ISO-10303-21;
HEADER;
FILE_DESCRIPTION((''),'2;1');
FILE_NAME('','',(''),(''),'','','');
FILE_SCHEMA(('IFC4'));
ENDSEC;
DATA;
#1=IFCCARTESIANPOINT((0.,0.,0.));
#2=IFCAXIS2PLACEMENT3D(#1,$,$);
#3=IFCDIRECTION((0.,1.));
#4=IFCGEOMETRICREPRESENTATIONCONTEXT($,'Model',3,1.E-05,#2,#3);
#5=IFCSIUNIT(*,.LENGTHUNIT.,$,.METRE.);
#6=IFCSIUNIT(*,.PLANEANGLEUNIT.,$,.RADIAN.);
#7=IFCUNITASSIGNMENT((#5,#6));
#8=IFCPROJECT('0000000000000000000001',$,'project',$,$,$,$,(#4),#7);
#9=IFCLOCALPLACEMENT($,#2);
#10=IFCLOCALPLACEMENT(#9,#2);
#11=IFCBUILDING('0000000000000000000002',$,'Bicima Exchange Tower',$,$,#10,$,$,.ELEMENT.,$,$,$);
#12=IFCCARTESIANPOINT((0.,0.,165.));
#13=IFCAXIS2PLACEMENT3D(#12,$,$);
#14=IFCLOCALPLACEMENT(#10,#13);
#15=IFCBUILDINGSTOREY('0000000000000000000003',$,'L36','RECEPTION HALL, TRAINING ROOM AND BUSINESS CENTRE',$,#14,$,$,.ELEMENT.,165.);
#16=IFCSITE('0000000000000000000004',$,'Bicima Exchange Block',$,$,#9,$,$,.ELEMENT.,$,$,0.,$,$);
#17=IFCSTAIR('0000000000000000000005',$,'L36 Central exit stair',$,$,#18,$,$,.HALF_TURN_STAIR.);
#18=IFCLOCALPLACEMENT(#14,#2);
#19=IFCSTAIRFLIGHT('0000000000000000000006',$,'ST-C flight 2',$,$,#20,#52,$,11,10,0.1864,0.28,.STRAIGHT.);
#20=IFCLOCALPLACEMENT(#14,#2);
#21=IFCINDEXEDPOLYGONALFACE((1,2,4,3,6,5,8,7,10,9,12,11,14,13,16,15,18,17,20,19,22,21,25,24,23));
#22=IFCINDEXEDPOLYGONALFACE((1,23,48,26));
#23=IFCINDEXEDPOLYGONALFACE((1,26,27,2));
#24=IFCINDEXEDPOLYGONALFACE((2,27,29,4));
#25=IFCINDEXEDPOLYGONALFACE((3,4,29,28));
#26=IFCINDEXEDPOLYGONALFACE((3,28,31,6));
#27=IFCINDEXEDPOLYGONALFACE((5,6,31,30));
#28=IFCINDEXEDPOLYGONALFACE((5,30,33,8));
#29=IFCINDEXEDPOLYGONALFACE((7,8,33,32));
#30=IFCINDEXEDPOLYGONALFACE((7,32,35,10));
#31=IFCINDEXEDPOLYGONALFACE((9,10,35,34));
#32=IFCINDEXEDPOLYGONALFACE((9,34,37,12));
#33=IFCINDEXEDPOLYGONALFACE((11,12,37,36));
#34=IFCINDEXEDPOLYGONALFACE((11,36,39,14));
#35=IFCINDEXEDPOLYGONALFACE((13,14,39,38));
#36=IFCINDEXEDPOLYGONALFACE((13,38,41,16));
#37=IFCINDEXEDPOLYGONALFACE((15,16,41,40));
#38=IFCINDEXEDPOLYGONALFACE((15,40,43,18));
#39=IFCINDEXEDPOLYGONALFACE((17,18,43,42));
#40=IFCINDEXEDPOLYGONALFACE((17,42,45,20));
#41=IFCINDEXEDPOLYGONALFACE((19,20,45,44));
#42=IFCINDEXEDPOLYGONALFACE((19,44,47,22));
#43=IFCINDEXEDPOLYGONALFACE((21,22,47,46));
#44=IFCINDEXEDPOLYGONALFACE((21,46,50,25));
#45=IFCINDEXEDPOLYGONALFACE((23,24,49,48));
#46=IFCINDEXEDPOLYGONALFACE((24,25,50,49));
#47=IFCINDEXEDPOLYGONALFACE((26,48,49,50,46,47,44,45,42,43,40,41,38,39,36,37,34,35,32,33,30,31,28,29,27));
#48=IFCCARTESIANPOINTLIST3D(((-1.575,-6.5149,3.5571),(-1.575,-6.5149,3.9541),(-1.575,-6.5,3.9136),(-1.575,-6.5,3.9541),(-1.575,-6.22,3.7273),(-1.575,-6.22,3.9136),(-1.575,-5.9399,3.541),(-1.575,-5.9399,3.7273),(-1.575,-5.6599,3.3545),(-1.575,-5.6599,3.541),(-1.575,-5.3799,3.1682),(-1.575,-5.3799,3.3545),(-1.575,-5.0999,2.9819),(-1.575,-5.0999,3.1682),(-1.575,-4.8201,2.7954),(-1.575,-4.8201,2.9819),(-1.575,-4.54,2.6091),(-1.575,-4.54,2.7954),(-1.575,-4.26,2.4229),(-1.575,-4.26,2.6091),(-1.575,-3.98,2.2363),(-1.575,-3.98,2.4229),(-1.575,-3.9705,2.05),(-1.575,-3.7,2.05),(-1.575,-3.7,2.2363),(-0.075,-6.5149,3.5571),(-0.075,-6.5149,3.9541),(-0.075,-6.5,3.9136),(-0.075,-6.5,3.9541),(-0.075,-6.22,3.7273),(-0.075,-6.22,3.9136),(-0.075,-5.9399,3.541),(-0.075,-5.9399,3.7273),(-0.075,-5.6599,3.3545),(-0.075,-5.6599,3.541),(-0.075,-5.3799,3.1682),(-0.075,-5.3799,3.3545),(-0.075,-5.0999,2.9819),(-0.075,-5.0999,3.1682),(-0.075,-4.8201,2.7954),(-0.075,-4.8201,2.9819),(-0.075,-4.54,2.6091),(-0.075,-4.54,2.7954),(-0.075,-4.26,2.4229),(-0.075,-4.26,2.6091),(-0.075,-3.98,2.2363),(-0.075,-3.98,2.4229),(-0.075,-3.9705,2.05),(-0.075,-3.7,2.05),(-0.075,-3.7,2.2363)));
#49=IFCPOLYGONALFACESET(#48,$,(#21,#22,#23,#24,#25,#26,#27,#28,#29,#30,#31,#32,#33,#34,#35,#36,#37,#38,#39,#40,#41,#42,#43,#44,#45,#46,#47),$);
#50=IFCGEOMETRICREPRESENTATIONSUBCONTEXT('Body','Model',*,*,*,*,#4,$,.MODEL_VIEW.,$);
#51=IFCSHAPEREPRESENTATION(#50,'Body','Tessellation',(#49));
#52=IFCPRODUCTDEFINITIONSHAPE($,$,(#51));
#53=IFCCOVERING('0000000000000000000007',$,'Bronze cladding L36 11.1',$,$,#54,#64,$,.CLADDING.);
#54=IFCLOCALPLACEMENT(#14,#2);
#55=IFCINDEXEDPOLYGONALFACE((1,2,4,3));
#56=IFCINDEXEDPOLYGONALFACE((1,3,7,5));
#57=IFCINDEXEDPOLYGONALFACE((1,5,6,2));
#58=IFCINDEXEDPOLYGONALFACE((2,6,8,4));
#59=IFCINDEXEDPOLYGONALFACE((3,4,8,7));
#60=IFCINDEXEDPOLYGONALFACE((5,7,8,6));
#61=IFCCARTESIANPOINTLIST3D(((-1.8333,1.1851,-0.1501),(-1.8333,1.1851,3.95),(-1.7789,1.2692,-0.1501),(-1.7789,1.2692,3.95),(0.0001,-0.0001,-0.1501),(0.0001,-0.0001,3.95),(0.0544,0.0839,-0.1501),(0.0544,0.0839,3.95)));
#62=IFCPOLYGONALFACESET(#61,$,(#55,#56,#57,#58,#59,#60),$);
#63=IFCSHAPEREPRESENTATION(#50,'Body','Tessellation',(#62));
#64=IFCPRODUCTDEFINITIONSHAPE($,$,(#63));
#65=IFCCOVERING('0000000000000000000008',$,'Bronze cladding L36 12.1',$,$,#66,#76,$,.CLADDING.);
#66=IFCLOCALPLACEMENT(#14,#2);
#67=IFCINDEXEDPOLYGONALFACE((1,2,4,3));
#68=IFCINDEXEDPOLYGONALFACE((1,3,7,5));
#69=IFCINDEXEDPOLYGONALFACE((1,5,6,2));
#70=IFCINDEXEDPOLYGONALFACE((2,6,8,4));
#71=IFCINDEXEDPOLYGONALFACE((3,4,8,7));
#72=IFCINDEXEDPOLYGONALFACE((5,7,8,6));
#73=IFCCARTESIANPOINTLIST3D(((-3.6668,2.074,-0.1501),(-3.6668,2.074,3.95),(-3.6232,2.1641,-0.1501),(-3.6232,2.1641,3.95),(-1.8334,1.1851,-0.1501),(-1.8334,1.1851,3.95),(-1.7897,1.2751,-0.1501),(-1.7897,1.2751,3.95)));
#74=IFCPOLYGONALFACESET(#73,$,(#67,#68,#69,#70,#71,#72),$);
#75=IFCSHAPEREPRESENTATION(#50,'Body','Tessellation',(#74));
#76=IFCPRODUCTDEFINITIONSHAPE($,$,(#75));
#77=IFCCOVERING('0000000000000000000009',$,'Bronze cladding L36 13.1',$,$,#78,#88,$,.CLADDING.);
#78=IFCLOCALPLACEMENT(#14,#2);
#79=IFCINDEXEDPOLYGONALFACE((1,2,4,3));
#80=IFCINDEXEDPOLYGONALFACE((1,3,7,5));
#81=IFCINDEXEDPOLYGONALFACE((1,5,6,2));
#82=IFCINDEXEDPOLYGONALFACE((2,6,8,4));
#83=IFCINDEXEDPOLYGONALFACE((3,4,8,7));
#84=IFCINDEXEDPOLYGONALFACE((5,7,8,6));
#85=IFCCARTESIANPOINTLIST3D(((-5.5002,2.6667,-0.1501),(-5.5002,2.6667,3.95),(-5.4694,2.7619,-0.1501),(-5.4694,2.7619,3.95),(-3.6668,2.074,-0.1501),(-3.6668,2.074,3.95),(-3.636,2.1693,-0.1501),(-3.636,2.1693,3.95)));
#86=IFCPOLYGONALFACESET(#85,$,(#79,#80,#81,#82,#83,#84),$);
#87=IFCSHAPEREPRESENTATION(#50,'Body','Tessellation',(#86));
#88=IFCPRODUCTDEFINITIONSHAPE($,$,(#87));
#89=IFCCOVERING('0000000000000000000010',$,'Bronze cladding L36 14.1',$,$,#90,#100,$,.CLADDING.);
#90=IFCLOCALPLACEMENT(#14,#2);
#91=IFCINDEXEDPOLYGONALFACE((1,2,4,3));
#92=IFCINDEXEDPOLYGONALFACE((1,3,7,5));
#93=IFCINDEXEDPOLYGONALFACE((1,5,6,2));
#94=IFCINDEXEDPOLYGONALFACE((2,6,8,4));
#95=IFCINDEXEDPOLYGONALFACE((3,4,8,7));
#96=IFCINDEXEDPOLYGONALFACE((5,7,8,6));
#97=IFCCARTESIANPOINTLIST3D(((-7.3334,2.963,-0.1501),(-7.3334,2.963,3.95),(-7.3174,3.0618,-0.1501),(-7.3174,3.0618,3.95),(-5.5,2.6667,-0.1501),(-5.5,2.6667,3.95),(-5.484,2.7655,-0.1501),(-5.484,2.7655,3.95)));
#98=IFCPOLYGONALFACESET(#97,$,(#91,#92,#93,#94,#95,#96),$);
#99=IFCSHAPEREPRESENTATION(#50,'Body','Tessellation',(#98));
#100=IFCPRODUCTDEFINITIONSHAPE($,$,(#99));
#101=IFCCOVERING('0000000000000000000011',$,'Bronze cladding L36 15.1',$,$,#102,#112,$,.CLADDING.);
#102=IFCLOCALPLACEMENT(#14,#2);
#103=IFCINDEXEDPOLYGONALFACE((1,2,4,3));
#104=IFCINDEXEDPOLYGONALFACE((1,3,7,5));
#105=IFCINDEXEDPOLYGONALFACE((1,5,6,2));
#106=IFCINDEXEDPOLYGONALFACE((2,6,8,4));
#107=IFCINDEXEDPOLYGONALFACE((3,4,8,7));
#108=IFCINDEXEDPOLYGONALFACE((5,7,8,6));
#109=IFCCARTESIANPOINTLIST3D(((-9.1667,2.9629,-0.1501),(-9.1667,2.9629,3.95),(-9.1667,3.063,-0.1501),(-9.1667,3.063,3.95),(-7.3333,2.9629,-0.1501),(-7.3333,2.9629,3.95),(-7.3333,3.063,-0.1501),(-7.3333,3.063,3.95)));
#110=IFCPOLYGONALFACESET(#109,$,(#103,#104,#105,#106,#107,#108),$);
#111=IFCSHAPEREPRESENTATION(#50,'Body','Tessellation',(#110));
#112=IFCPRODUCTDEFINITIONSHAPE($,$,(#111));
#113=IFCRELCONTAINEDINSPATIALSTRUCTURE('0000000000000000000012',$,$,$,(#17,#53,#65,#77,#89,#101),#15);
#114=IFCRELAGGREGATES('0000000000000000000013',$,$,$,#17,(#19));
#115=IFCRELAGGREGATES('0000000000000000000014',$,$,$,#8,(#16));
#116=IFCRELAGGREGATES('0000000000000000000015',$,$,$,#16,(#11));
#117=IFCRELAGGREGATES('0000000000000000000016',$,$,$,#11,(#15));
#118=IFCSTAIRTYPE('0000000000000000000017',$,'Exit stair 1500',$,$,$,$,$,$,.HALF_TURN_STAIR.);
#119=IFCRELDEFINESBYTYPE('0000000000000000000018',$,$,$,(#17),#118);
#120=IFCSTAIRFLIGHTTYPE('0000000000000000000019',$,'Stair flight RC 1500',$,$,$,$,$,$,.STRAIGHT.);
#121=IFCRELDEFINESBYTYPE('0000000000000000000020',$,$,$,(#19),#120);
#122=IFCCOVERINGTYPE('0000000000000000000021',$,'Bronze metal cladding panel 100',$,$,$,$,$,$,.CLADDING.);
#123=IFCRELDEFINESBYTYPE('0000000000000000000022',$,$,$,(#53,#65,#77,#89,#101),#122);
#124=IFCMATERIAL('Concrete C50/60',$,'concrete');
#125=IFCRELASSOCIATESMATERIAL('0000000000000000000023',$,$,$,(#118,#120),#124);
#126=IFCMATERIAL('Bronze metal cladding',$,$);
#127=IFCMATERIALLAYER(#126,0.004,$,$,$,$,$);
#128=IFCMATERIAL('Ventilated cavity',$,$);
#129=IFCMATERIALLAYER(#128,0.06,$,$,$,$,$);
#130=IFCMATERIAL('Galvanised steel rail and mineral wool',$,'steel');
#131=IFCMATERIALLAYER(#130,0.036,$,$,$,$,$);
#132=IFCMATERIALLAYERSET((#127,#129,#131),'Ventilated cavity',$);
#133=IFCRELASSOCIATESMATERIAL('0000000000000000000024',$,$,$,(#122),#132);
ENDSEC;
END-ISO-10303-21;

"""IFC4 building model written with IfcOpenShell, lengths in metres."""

from ifc_helpers import new_model, si_unit, direction, frame, origin, origin_2d, place, context, subcontext, project, spatial, polyline, rectangle, outline, extrude, material, layer, layer_set, type_object, element, aggregate, save


model = new_model("IFC4")

# Units and contexts
model_context = context("Model", 3, precision=1e-05, world=origin(), true_north=direction((0.0, 1.0)))
body_context = subcontext(model_context, "Body", "Model", "MODEL_VIEW")
ifc_project = project(units=[si_unit("LENGTHUNIT", "METRE"), si_unit("PLANEANGLEUNIT", "RADIAN")], contexts=[model_context])

# Site, building, storey
site_placement = place(None, origin())
site = spatial("IfcSite", under=ifc_project, at=site_placement, Name="Bicima Exchange Block", CompositionType="ELEMENT", RefElevation=0.0)
building_placement = place(site_placement, origin())
building = spatial("IfcBuilding", under=site, at=building_placement, Name="Bicima Exchange Tower", CompositionType="ELEMENT")
storey_placement = place(building_placement, frame((0.0, 0.0, 165.0)))
storey = spatial("IfcBuildingStorey", under=building, at=storey_placement, Name="L36", Description="RECEPTION HALL, TRAINING ROOM AND BUSINESS CENTRE", CompositionType="ELEMENT", Elevation=165.0)

# Shared definitions
ifc_material_1 = material(Name="Concrete C50/60", Category="concrete")

# Stair, stair flight
stair_type_1 = type_object("IfcStairType", Name="Exit stair 1500", PredefinedType="HALF_TURN_STAIR", material=ifc_material_1)
stair_1_placement = place(storey_placement, origin())
stair_1 = element("IfcStair", 1, at=stair_1_placement, inside=storey, type_object=stair_type_1, Name="L36 Central exit stair", PredefinedType="HALF_TURN_STAIR")
stair_flight_type = type_object("IfcStairFlightType", Name="Stair flight RC 1500", PredefinedType="STRAIGHT", material=ifc_material_1)
stair_flight_placement = place(storey_placement, frame((-0.825, -3.7, 2.05), z_axis=(0.0, 0.0, 1.0), x_axis=(0.0, -1.0, 0.0)))
stair_flight = element("IfcStairFlight", 2, at=stair_flight_placement, type_object=stair_flight_type, Name="ST-C flight 2", NumberOfRisers=11, NumberOfTreads=10, PredefinedType="STRAIGHT", RiserHeight=0.1864, TreadLength=0.28, context=body_context, shape_type="SweptSolid", body=[
    extrude(outline(polyline([(0.0, 0.0), (0.0, 0.1863), (0.28, 0.1863), (0.28, 0.3728), (0.5601, 0.3728), (0.5601, 0.5591), (0.8401, 0.5591), (0.8401, 0.7454), (1.1201, 0.7454), (1.1201, 0.9319), (1.3999, 0.9319), (1.3999, 1.1182), (1.6799, 1.1182), (1.6799, 1.3044), (1.96, 1.3044), (1.96, 1.491), (2.24, 1.491), (2.24, 1.6772), (2.52, 1.6772), (2.52, 1.8635), (2.8, 1.8635), (2.8, 1.9041), (2.8149, 1.9041), (2.8149, 1.5071), (0.2705, 0.0), (0.0, 0.0)])), frame((0.0, 0.75, 0.0), z_axis=(0.0, -1.0, 0.0), x_axis=(1.0, 0.0, 0.0)), (0.0, 0.0, 1.0), 1.5),
])
aggregate(stair_1, [stair_flight])

# Coverings
ifc_material_2 = material(Name="Bronze metal cladding")
ifc_layer_1 = layer(ifc_material_2, 0.004)
ifc_material_3 = material(Name="Ventilated cavity")
ifc_layer_2 = layer(ifc_material_3, 0.06)
ifc_material_4 = material(Name="Galvanised steel rail and mineral wool", Category="steel")
ifc_layer_3 = layer(ifc_material_4, 0.036)
ifc_layer_set_1 = layer_set([ifc_layer_1, ifc_layer_2, ifc_layer_3], Name="Ventilated cavity")
covering_type = type_object("IfcCoveringType", Name="Bronze metal cladding panel 100", PredefinedType="CLADDING", material=ifc_layer_set_1)
covering_1_placement = place(storey_placement, frame((-0.8894, 0.6345, -0.1501), z_axis=(0.0, 0.0, 1.0), x_axis=(-0.83979, 0.542911, 0.0)))
element("IfcCovering", 3, at=covering_1_placement, inside=storey, type_object=covering_type, Name="Bronze cladding L36 11.1", PredefinedType="CLADDING", context=body_context, shape_type="SweptSolid", body=[
    extrude(rectangle(XDim=2.1831, YDim=0.1001, at=origin_2d()), origin(), (0.0, 0.0, 1.0), 4.1001),
])
covering_2_placement = place(storey_placement, frame((-2.7283, 1.6746, -0.1501), z_axis=(0.0, 0.0, 1.0), x_axis=(-0.899818, 0.436265, 0.0)))
element("IfcCovering", 4, at=covering_2_placement, inside=storey, type_object=covering_type, Name="Bronze cladding L36 12.1", PredefinedType="CLADDING", context=body_context, shape_type="SweptSolid", body=[
    extrude(rectangle(XDim=2.0376, YDim=0.1001, at=origin_2d()), origin(), (0.0, 0.0, 1.0), 4.1001),
])
covering_3_placement = place(storey_placement, frame((-4.5681, 2.418, -0.1501), z_axis=(0.0, 0.0, 1.0), x_axis=(-0.951525, 0.307573, 0.0)))
element("IfcCovering", 5, at=covering_3_placement, inside=storey, type_object=covering_type, Name="Bronze cladding L36 13.1", PredefinedType="CLADDING", context=body_context, shape_type="SweptSolid", body=[
    extrude(rectangle(XDim=1.9268, YDim=0.1001, at=origin_2d()), origin(), (0.0, 0.0, 1.0), 4.1001),
])
covering_4_placement = place(storey_placement, frame((-6.4087, 2.8643, -0.1501), z_axis=(0.0, 0.0, 1.0), x_axis=(-0.98719, 0.15955, 0.0)))
element("IfcCovering", 6, at=covering_4_placement, inside=storey, type_object=covering_type, Name="Bronze cladding L36 14.1", PredefinedType="CLADDING", context=body_context, shape_type="SweptSolid", body=[
    extrude(rectangle(XDim=1.8572, YDim=0.1001, at=origin_2d()), origin(), (0.0, 0.0, 1.0), 4.1001),
])
covering_5_placement = place(storey_placement, frame((-8.25, 3.0129, -0.1501), z_axis=(0.0, 0.0, 1.0), x_axis=(-1.0, 0.0, 0.0)))
element("IfcCovering", 7, at=covering_5_placement, inside=storey, type_object=covering_type, Name="Bronze cladding L36 15.1", PredefinedType="CLADDING", context=body_context, shape_type="SweptSolid", body=[
    extrude(rectangle(XDim=1.8335, YDim=0.1001, at=origin_2d()), origin(), (0.0, 0.0, 1.0), 4.1001),
])

save(model, "model.ifc")
